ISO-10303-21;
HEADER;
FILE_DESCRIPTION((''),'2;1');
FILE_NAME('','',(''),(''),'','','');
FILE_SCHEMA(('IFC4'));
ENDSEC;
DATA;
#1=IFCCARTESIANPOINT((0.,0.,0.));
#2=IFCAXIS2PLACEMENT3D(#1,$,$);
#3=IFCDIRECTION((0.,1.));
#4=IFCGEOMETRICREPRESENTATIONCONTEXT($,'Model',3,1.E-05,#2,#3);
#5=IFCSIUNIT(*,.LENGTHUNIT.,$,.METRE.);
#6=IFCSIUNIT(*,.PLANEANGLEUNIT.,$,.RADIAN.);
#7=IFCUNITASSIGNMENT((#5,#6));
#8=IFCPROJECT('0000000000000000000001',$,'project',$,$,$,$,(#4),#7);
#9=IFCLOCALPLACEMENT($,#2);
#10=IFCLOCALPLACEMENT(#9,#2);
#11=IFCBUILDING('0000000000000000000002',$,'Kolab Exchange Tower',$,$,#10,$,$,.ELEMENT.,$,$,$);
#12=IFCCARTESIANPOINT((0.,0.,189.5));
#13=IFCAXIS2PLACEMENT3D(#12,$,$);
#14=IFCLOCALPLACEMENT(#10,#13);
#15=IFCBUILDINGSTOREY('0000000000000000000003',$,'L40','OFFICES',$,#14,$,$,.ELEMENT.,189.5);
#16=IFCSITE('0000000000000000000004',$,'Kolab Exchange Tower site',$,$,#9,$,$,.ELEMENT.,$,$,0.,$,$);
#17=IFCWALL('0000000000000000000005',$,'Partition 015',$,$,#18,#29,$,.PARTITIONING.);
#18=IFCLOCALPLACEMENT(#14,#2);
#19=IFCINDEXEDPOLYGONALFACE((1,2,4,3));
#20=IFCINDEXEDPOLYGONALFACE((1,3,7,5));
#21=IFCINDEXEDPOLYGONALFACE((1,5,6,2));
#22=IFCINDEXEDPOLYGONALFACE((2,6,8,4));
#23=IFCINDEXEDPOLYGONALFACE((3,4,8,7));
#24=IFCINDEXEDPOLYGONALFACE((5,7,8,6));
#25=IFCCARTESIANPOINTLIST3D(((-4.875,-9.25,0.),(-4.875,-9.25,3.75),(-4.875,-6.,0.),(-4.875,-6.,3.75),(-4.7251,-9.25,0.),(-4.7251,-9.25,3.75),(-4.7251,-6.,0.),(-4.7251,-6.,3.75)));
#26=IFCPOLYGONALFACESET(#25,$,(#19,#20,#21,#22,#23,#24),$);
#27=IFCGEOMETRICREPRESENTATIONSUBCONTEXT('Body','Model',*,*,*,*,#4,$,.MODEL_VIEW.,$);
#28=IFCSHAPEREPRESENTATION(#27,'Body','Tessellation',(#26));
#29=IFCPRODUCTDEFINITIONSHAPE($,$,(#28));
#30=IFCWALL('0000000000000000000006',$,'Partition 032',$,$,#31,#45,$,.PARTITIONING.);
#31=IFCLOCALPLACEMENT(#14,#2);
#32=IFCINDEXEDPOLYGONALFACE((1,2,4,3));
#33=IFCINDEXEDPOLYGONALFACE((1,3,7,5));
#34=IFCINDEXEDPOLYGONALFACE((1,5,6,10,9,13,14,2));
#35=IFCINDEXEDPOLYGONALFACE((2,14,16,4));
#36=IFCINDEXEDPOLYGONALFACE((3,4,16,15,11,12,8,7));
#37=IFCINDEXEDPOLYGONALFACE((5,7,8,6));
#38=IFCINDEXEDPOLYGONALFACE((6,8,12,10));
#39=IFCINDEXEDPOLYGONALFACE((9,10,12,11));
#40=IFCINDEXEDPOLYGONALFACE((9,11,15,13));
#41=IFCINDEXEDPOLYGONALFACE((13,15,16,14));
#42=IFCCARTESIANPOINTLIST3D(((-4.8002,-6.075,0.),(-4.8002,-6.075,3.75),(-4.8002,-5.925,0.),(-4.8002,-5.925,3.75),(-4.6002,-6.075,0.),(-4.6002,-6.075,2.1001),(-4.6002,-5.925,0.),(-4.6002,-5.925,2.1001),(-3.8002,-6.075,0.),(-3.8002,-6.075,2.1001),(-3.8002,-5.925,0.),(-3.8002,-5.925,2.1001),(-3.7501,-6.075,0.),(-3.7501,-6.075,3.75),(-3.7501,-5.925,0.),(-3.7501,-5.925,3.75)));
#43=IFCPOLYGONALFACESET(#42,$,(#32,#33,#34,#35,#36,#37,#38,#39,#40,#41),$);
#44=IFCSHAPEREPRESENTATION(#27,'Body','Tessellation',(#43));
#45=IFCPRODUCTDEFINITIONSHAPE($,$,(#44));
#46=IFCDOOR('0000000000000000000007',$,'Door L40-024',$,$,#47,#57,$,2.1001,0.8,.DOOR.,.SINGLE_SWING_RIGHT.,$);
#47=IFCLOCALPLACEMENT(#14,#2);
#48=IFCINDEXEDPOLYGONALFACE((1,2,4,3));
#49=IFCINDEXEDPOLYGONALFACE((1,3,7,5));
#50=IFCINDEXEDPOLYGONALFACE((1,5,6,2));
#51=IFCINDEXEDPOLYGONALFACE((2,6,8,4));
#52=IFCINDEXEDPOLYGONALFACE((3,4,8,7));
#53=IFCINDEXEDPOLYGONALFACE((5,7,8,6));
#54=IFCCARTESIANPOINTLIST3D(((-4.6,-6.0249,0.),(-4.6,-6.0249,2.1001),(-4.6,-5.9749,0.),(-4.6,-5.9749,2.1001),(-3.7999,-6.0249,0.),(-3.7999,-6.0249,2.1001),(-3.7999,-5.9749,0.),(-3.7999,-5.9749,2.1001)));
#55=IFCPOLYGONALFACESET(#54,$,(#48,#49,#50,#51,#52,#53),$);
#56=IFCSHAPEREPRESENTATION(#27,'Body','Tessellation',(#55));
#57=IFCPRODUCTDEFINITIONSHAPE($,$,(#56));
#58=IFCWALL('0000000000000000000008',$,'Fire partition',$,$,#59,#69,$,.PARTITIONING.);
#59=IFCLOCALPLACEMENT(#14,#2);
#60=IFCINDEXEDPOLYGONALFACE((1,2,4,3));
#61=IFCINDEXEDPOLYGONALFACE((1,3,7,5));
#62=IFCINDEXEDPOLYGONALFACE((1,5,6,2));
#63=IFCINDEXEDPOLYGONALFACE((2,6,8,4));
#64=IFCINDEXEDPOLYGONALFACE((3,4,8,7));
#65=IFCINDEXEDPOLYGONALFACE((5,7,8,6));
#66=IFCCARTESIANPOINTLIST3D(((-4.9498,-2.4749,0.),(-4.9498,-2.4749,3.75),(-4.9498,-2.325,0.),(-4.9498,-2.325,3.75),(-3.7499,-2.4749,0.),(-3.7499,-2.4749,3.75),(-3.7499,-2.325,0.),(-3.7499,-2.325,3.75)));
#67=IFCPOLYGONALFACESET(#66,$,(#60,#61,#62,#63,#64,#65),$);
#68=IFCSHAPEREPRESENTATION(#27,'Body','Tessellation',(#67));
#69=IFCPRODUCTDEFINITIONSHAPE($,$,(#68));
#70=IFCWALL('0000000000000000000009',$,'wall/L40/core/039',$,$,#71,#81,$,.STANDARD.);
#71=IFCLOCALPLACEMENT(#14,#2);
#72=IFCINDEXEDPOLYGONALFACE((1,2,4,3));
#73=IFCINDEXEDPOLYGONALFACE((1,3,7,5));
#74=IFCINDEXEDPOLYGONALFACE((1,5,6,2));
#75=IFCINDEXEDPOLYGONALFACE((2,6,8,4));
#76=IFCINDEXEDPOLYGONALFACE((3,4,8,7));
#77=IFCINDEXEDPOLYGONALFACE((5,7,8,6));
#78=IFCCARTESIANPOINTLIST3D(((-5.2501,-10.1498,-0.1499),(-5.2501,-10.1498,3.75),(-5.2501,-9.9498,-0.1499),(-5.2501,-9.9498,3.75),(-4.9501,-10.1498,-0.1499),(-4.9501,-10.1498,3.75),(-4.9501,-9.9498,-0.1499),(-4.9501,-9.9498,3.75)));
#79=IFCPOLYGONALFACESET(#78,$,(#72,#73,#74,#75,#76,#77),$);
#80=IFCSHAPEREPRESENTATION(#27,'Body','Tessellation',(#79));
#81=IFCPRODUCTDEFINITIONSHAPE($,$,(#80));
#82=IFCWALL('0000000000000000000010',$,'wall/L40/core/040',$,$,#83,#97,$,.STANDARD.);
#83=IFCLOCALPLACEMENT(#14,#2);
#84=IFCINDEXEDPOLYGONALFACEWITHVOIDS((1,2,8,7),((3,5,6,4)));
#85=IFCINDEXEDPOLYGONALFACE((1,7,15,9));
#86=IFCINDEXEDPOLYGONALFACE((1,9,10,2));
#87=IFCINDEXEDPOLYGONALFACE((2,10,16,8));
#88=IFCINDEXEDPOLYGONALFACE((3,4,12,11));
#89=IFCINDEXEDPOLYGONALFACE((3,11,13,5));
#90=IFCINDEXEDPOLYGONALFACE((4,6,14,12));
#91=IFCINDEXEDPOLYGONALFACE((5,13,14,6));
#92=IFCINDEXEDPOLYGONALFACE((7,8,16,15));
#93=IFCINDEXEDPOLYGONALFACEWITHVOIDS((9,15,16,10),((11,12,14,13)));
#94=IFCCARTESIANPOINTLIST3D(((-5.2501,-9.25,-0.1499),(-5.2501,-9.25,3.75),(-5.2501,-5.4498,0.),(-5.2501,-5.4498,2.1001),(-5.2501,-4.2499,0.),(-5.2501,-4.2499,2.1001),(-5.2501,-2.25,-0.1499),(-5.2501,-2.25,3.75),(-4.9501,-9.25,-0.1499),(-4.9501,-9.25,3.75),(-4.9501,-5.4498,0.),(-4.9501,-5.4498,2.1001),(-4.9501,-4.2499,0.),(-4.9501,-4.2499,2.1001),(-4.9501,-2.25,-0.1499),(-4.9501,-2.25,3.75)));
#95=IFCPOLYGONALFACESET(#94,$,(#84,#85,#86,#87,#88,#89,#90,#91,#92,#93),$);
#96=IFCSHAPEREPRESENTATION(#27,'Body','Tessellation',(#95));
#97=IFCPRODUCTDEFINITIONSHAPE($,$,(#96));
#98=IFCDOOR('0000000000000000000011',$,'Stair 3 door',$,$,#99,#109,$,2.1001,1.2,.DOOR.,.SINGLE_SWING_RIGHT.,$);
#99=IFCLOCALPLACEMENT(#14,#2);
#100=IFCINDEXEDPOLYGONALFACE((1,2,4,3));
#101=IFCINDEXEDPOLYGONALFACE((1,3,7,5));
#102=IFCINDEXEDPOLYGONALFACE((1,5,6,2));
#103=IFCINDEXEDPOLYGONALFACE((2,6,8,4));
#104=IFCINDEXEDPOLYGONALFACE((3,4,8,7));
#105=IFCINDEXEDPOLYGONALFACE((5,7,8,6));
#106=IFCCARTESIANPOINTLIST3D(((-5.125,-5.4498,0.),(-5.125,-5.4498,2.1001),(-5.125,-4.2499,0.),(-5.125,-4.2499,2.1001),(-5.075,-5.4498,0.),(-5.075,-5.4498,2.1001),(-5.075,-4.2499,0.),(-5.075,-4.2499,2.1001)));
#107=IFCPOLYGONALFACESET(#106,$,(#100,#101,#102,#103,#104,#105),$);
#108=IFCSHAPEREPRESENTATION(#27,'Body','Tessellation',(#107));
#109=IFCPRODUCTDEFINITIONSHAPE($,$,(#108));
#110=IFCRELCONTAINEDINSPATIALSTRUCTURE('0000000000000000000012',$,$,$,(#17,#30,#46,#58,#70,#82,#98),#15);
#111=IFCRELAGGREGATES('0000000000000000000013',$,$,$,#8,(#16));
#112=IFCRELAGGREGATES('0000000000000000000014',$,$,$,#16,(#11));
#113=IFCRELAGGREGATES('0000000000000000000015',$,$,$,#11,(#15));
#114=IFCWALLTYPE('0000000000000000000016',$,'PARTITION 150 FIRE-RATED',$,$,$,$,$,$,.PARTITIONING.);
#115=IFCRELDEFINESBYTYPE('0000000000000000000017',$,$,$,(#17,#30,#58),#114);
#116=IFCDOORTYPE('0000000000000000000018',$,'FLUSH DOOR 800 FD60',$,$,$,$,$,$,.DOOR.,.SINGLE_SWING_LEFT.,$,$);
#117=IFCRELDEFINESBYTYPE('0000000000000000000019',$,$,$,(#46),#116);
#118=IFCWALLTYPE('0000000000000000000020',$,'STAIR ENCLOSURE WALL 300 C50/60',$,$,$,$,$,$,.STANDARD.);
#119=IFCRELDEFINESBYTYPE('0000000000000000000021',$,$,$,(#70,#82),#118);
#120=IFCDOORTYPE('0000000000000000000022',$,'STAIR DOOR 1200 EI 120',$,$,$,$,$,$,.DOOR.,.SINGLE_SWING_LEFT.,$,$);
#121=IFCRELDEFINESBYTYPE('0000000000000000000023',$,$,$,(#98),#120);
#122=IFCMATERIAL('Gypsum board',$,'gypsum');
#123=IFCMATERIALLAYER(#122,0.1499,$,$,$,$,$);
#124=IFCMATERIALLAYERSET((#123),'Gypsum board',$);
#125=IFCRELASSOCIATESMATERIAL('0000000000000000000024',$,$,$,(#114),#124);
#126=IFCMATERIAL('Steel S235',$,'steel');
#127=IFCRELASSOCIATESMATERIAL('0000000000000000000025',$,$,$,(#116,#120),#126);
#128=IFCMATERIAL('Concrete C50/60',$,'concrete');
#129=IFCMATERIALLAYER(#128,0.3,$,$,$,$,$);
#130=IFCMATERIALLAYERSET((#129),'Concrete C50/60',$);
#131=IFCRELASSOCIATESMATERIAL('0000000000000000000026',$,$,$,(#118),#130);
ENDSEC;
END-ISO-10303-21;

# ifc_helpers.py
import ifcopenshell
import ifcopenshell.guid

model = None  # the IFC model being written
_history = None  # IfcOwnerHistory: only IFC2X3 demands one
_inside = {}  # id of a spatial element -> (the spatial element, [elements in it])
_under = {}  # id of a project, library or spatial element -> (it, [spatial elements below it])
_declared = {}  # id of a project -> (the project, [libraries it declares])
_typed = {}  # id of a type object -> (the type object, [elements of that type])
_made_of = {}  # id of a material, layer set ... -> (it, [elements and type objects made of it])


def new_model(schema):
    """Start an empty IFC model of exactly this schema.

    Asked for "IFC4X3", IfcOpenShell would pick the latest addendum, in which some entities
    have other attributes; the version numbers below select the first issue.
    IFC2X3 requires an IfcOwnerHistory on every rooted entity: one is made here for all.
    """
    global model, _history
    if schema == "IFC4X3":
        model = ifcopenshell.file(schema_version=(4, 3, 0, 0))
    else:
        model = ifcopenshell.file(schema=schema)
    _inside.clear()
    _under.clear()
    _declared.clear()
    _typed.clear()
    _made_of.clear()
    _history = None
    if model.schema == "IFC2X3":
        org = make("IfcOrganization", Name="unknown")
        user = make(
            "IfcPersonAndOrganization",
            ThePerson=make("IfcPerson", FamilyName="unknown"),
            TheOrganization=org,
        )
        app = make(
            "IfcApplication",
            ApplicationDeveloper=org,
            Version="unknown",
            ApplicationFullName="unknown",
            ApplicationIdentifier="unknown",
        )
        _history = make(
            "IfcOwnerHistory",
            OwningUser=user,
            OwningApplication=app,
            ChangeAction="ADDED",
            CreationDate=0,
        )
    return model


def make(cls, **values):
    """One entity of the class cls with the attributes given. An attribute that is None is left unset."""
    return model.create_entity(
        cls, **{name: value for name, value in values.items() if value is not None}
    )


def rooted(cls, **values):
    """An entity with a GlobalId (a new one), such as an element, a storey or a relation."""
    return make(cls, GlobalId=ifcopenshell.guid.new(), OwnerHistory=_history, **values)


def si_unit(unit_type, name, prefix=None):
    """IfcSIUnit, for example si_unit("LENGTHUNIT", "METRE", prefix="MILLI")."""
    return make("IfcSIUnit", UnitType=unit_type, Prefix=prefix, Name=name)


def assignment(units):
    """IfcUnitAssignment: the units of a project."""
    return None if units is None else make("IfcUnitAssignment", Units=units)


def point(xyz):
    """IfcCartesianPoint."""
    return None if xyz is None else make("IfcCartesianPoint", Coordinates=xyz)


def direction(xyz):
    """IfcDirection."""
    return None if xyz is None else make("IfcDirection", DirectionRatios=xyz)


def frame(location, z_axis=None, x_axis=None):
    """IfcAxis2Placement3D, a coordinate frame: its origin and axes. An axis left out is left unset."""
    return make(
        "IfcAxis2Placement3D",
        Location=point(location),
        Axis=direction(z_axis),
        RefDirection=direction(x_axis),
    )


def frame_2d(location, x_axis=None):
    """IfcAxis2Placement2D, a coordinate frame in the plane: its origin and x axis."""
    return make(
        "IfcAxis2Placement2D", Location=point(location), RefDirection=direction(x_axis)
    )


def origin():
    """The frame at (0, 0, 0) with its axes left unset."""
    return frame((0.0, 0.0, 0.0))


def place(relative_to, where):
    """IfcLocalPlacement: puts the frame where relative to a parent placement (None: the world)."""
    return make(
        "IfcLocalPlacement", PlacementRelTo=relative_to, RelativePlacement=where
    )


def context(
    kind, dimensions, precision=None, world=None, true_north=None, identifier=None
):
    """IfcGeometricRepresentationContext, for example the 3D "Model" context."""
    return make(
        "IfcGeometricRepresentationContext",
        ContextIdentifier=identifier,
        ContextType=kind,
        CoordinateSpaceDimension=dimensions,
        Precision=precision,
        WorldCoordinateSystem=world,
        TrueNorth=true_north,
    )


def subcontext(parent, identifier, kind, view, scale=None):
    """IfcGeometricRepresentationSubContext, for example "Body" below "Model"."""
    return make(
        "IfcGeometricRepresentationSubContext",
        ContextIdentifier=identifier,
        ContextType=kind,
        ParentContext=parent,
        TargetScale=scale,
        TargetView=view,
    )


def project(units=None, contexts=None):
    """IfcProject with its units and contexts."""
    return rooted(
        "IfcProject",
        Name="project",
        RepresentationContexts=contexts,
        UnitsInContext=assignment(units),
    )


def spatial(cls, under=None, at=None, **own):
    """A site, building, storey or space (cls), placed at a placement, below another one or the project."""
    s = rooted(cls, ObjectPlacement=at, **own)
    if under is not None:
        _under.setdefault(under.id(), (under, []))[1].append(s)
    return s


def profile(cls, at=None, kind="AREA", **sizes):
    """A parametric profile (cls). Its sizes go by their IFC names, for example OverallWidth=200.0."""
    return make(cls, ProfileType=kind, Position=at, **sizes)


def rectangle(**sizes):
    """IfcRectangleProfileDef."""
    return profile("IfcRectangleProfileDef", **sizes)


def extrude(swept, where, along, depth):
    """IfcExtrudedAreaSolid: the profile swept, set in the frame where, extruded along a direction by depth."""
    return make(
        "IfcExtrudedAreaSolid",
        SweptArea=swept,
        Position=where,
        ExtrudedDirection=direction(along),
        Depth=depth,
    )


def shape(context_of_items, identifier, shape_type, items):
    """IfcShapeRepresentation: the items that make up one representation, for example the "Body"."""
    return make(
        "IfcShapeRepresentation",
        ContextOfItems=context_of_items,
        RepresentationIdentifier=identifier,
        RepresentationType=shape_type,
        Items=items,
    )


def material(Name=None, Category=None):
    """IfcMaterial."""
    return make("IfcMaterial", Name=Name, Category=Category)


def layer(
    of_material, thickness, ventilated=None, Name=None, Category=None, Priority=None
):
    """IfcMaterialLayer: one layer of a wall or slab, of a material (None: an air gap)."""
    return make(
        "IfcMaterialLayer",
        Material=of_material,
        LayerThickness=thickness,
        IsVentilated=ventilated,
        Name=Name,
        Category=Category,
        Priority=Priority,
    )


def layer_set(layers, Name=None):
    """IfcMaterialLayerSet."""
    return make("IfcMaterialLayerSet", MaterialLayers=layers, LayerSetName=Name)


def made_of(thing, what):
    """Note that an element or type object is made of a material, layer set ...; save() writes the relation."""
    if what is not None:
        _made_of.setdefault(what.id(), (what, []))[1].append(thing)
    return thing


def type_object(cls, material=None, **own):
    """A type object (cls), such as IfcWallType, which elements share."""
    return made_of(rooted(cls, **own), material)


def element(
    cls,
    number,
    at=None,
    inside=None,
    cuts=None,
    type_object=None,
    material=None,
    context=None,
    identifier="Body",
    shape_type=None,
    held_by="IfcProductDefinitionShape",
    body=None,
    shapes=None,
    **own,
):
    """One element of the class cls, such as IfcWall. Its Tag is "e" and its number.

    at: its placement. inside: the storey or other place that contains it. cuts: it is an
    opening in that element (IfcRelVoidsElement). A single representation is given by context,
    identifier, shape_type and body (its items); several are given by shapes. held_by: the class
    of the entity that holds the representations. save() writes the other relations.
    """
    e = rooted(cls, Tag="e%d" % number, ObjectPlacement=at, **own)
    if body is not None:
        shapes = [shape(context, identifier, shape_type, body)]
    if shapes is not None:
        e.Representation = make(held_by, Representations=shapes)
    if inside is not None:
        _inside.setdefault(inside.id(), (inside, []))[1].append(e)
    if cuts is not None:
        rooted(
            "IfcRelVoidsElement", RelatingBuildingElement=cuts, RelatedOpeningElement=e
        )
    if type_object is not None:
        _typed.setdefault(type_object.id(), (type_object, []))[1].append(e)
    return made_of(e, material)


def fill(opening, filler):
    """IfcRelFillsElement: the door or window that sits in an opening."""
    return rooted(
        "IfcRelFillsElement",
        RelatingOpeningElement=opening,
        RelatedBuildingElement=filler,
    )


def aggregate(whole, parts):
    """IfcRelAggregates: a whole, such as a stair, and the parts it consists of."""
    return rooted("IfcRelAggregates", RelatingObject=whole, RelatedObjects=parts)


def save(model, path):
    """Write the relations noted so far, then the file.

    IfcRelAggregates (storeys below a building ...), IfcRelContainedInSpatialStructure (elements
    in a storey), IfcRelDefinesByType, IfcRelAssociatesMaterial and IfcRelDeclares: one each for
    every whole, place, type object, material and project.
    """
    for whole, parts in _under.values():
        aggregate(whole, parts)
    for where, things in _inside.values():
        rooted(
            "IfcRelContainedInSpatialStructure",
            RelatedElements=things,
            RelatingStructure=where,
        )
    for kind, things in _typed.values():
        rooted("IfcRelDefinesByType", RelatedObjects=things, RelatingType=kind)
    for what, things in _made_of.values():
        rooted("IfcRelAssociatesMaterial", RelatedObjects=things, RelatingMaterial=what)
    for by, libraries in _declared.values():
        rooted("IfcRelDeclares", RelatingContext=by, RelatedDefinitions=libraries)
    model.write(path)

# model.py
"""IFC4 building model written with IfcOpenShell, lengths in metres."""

from ifc_helpers import new_model, si_unit, direction, frame, frame_2d, origin, place, context, subcontext, project, spatial, rectangle, extrude, material, layer, layer_set, type_object, element, fill, save


model = new_model("IFC4")

# Units and contexts
model_context = context("Model", 3, precision=1e-05, world=origin(), true_north=direction((0.0, 1.0)))
body_context = subcontext(model_context, "Body", "Model", "MODEL_VIEW")
ifc_project = project(units=[si_unit("LENGTHUNIT", "METRE"), si_unit("PLANEANGLEUNIT", "RADIAN")], contexts=[model_context])

# Site, building, storey
site_placement = place(None, origin())
site = spatial("IfcSite", under=ifc_project, at=site_placement, Name="Kolab Exchange Tower site", CompositionType="ELEMENT", RefElevation=0.0)
building_placement = place(site_placement, origin())
building = spatial("IfcBuilding", under=site, at=building_placement, Name="Kolab Exchange Tower", CompositionType="ELEMENT")
storey_placement = place(building_placement, frame((0.0, 0.0, 189.5)))
storey = spatial("IfcBuildingStorey", under=building, at=storey_placement, Name="L40", Description="OFFICES", CompositionType="ELEMENT", Elevation=189.5)

# Shared definitions
ifc_material_1 = material(Name="Concrete C50/60", Category="concrete")

# Wall
ifc_material_2 = material(Name="Gypsum board", Category="gypsum")
ifc_layer_1 = layer(ifc_material_2, 0.1499)
ifc_layer_set_1 = layer_set([ifc_layer_1], Name="Gypsum board")
wall_type_1 = type_object("IfcWallType", Name="PARTITION 150 FIRE-RATED", PredefinedType="PARTITIONING", material=ifc_layer_set_1)
wall_1_placement = place(storey_placement, frame((-4.8, -9.25, 0.0), z_axis=(0.0, 0.0, 1.0), x_axis=(0.0, 1.0, 0.0)))
element("IfcWall", 1, at=wall_1_placement, inside=storey, type_object=wall_type_1, Name="Partition 015", PredefinedType="PARTITIONING", context=body_context, shape_type="SweptSolid", body=[
    extrude(rectangle(XDim=3.25, YDim=0.1499, at=frame_2d((1.625, 0.0))), origin(), (0.0, 0.0, 1.0), 3.75),
])

# Wall, opening, door
wall_2_placement = place(storey_placement, frame((-4.8, -6.0, 0.0), z_axis=(0.0, 0.0, 1.0), x_axis=(1.0, 0.0, 0.0)))
wall_2 = element("IfcWall", 2, at=wall_2_placement, inside=storey, type_object=wall_type_1, Name="Partition 032", PredefinedType="PARTITIONING", context=body_context, shape_type="SweptSolid", body=[
    extrude(rectangle(XDim=1.05, YDim=0.1499, at=frame_2d((0.5249, 0.0))), origin(), (0.0, 0.0, 1.0), 3.75),
])
opening_1_placement = place(wall_2_placement, frame((0.2, 0.0, 0.0)))
opening_1 = element("IfcOpeningElement", 3, at=opening_1_placement, cuts=wall_2, PredefinedType="OPENING", context=body_context, shape_type="SweptSolid", body=[
    extrude(rectangle(XDim=0.8, YDim=2.1001, at=frame_2d((0.3999, 1.05))), frame((0.0, 0.085, 0.0), z_axis=(0.0, -1.0, 0.0), x_axis=(1.0, 0.0, 0.0)), (0.0, 0.0, 1.0), 0.1699),
])
ifc_material_3 = material(Name="Steel S235", Category="steel")
door_type_1 = type_object("IfcDoorType", Name="FLUSH DOOR 800 FD60", OperationType="SINGLE_SWING_LEFT", PredefinedType="DOOR", material=ifc_material_3)
door_1_placement = place(opening_1_placement, frame((0.8, 0.0, 0.0), z_axis=(0.0, 0.0, 1.0), x_axis=(-1.0, 0.0, 0.0)))
door_1 = element("IfcDoor", 4, at=door_1_placement, inside=storey, type_object=door_type_1, Name="Door L40-024", OperationType="SINGLE_SWING_RIGHT", OverallHeight=2.1001, OverallWidth=0.8, PredefinedType="DOOR", context=body_context, shape_type="SweptSolid", body=[
    extrude(rectangle(XDim=0.8, YDim=2.1001, at=frame_2d((0.3999, 1.05))), frame((0.0, 0.0249, 0.0), z_axis=(0.0, -1.0, 0.0), x_axis=(1.0, 0.0, 0.0)), (0.0, 0.0, 1.0), 0.05),
])
fill(opening_1, door_1)

# Walls
wall_3_placement = place(storey_placement, frame((-4.95, -2.3999, 0.0), z_axis=(0.0, 0.0, 1.0), x_axis=(1.0, 0.0, 0.0)))
element("IfcWall", 5, at=wall_3_placement, inside=storey, type_object=wall_type_1, Name="Fire partition", PredefinedType="PARTITIONING", context=body_context, shape_type="SweptSolid", body=[
    extrude(rectangle(XDim=1.2, YDim=0.1499, at=frame_2d((0.6001, 0.0))), origin(), (0.0, 0.0, 1.0), 3.75),
])
ifc_layer_2 = layer(ifc_material_1, 0.3)
ifc_layer_set_2 = layer_set([ifc_layer_2], Name="Concrete C50/60")
wall_type_2 = type_object("IfcWallType", Name="STAIR ENCLOSURE WALL 300 C50/60", PredefinedType="STANDARD", material=ifc_layer_set_2)
wall_4_placement = place(storey_placement, frame((-5.1001, -10.1499, -0.1499), z_axis=(0.0, 0.0, 1.0), x_axis=(0.0, 1.0, 0.0)))
element("IfcWall", 6, at=wall_4_placement, inside=storey, type_object=wall_type_2, Name="wall/L40/core/039", PredefinedType="STANDARD", context=body_context, shape_type="SweptSolid", body=[
    extrude(rectangle(XDim=0.2, YDim=0.3, at=frame_2d((0.1001, 0.0))), origin(), (0.0, 0.0, 1.0), 3.8999),
])

# Wall, opening, door
wall_5_placement = place(storey_placement, frame((-5.1001, -9.25, -0.1499), z_axis=(0.0, 0.0, 1.0), x_axis=(0.0, 1.0, 0.0)))
wall_5 = element("IfcWall", 7, at=wall_5_placement, inside=storey, type_object=wall_type_2, Name="wall/L40/core/040", PredefinedType="STANDARD", context=body_context, shape_type="SweptSolid", body=[
    extrude(rectangle(XDim=7.0, YDim=0.3, at=frame_2d((3.5, 0.0))), origin(), (0.0, 0.0, 1.0), 3.8999),
])
opening_2_placement = place(wall_5_placement, frame((3.8, 0.0, 0.1499)))
opening_2 = element("IfcOpeningElement", 8, at=opening_2_placement, cuts=wall_5, PredefinedType="OPENING", context=body_context, shape_type="SweptSolid", body=[
    extrude(rectangle(XDim=1.2, YDim=2.1001, at=frame_2d((0.6001, 1.05))), frame((0.0, 0.1602, 0.0), z_axis=(0.0, -1.0, 0.0), x_axis=(1.0, 0.0, 0.0)), (0.0, 0.0, 1.0), 0.3201),
])
door_type_2 = type_object("IfcDoorType", Name="STAIR DOOR 1200 EI 120", OperationType="SINGLE_SWING_LEFT", PredefinedType="DOOR", material=ifc_material_3)
door_2_placement = place(opening_2_placement, origin())
door_2 = element("IfcDoor", 9, at=door_2_placement, inside=storey, type_object=door_type_2, Name="Stair 3 door", OperationType="SINGLE_SWING_RIGHT", OverallHeight=2.1001, OverallWidth=1.2, PredefinedType="DOOR", context=body_context, shape_type="SweptSolid", body=[
    extrude(rectangle(XDim=1.2, YDim=2.1001, at=frame_2d((0.6001, 1.05))), frame((0.0, 0.0249, 0.0), z_axis=(0.0, -1.0, 0.0), x_axis=(1.0, 0.0, 0.0)), (0.0, 0.0, 1.0), 0.05),
])
fill(opening_2, door_2)

save(model, "model.ifc")
